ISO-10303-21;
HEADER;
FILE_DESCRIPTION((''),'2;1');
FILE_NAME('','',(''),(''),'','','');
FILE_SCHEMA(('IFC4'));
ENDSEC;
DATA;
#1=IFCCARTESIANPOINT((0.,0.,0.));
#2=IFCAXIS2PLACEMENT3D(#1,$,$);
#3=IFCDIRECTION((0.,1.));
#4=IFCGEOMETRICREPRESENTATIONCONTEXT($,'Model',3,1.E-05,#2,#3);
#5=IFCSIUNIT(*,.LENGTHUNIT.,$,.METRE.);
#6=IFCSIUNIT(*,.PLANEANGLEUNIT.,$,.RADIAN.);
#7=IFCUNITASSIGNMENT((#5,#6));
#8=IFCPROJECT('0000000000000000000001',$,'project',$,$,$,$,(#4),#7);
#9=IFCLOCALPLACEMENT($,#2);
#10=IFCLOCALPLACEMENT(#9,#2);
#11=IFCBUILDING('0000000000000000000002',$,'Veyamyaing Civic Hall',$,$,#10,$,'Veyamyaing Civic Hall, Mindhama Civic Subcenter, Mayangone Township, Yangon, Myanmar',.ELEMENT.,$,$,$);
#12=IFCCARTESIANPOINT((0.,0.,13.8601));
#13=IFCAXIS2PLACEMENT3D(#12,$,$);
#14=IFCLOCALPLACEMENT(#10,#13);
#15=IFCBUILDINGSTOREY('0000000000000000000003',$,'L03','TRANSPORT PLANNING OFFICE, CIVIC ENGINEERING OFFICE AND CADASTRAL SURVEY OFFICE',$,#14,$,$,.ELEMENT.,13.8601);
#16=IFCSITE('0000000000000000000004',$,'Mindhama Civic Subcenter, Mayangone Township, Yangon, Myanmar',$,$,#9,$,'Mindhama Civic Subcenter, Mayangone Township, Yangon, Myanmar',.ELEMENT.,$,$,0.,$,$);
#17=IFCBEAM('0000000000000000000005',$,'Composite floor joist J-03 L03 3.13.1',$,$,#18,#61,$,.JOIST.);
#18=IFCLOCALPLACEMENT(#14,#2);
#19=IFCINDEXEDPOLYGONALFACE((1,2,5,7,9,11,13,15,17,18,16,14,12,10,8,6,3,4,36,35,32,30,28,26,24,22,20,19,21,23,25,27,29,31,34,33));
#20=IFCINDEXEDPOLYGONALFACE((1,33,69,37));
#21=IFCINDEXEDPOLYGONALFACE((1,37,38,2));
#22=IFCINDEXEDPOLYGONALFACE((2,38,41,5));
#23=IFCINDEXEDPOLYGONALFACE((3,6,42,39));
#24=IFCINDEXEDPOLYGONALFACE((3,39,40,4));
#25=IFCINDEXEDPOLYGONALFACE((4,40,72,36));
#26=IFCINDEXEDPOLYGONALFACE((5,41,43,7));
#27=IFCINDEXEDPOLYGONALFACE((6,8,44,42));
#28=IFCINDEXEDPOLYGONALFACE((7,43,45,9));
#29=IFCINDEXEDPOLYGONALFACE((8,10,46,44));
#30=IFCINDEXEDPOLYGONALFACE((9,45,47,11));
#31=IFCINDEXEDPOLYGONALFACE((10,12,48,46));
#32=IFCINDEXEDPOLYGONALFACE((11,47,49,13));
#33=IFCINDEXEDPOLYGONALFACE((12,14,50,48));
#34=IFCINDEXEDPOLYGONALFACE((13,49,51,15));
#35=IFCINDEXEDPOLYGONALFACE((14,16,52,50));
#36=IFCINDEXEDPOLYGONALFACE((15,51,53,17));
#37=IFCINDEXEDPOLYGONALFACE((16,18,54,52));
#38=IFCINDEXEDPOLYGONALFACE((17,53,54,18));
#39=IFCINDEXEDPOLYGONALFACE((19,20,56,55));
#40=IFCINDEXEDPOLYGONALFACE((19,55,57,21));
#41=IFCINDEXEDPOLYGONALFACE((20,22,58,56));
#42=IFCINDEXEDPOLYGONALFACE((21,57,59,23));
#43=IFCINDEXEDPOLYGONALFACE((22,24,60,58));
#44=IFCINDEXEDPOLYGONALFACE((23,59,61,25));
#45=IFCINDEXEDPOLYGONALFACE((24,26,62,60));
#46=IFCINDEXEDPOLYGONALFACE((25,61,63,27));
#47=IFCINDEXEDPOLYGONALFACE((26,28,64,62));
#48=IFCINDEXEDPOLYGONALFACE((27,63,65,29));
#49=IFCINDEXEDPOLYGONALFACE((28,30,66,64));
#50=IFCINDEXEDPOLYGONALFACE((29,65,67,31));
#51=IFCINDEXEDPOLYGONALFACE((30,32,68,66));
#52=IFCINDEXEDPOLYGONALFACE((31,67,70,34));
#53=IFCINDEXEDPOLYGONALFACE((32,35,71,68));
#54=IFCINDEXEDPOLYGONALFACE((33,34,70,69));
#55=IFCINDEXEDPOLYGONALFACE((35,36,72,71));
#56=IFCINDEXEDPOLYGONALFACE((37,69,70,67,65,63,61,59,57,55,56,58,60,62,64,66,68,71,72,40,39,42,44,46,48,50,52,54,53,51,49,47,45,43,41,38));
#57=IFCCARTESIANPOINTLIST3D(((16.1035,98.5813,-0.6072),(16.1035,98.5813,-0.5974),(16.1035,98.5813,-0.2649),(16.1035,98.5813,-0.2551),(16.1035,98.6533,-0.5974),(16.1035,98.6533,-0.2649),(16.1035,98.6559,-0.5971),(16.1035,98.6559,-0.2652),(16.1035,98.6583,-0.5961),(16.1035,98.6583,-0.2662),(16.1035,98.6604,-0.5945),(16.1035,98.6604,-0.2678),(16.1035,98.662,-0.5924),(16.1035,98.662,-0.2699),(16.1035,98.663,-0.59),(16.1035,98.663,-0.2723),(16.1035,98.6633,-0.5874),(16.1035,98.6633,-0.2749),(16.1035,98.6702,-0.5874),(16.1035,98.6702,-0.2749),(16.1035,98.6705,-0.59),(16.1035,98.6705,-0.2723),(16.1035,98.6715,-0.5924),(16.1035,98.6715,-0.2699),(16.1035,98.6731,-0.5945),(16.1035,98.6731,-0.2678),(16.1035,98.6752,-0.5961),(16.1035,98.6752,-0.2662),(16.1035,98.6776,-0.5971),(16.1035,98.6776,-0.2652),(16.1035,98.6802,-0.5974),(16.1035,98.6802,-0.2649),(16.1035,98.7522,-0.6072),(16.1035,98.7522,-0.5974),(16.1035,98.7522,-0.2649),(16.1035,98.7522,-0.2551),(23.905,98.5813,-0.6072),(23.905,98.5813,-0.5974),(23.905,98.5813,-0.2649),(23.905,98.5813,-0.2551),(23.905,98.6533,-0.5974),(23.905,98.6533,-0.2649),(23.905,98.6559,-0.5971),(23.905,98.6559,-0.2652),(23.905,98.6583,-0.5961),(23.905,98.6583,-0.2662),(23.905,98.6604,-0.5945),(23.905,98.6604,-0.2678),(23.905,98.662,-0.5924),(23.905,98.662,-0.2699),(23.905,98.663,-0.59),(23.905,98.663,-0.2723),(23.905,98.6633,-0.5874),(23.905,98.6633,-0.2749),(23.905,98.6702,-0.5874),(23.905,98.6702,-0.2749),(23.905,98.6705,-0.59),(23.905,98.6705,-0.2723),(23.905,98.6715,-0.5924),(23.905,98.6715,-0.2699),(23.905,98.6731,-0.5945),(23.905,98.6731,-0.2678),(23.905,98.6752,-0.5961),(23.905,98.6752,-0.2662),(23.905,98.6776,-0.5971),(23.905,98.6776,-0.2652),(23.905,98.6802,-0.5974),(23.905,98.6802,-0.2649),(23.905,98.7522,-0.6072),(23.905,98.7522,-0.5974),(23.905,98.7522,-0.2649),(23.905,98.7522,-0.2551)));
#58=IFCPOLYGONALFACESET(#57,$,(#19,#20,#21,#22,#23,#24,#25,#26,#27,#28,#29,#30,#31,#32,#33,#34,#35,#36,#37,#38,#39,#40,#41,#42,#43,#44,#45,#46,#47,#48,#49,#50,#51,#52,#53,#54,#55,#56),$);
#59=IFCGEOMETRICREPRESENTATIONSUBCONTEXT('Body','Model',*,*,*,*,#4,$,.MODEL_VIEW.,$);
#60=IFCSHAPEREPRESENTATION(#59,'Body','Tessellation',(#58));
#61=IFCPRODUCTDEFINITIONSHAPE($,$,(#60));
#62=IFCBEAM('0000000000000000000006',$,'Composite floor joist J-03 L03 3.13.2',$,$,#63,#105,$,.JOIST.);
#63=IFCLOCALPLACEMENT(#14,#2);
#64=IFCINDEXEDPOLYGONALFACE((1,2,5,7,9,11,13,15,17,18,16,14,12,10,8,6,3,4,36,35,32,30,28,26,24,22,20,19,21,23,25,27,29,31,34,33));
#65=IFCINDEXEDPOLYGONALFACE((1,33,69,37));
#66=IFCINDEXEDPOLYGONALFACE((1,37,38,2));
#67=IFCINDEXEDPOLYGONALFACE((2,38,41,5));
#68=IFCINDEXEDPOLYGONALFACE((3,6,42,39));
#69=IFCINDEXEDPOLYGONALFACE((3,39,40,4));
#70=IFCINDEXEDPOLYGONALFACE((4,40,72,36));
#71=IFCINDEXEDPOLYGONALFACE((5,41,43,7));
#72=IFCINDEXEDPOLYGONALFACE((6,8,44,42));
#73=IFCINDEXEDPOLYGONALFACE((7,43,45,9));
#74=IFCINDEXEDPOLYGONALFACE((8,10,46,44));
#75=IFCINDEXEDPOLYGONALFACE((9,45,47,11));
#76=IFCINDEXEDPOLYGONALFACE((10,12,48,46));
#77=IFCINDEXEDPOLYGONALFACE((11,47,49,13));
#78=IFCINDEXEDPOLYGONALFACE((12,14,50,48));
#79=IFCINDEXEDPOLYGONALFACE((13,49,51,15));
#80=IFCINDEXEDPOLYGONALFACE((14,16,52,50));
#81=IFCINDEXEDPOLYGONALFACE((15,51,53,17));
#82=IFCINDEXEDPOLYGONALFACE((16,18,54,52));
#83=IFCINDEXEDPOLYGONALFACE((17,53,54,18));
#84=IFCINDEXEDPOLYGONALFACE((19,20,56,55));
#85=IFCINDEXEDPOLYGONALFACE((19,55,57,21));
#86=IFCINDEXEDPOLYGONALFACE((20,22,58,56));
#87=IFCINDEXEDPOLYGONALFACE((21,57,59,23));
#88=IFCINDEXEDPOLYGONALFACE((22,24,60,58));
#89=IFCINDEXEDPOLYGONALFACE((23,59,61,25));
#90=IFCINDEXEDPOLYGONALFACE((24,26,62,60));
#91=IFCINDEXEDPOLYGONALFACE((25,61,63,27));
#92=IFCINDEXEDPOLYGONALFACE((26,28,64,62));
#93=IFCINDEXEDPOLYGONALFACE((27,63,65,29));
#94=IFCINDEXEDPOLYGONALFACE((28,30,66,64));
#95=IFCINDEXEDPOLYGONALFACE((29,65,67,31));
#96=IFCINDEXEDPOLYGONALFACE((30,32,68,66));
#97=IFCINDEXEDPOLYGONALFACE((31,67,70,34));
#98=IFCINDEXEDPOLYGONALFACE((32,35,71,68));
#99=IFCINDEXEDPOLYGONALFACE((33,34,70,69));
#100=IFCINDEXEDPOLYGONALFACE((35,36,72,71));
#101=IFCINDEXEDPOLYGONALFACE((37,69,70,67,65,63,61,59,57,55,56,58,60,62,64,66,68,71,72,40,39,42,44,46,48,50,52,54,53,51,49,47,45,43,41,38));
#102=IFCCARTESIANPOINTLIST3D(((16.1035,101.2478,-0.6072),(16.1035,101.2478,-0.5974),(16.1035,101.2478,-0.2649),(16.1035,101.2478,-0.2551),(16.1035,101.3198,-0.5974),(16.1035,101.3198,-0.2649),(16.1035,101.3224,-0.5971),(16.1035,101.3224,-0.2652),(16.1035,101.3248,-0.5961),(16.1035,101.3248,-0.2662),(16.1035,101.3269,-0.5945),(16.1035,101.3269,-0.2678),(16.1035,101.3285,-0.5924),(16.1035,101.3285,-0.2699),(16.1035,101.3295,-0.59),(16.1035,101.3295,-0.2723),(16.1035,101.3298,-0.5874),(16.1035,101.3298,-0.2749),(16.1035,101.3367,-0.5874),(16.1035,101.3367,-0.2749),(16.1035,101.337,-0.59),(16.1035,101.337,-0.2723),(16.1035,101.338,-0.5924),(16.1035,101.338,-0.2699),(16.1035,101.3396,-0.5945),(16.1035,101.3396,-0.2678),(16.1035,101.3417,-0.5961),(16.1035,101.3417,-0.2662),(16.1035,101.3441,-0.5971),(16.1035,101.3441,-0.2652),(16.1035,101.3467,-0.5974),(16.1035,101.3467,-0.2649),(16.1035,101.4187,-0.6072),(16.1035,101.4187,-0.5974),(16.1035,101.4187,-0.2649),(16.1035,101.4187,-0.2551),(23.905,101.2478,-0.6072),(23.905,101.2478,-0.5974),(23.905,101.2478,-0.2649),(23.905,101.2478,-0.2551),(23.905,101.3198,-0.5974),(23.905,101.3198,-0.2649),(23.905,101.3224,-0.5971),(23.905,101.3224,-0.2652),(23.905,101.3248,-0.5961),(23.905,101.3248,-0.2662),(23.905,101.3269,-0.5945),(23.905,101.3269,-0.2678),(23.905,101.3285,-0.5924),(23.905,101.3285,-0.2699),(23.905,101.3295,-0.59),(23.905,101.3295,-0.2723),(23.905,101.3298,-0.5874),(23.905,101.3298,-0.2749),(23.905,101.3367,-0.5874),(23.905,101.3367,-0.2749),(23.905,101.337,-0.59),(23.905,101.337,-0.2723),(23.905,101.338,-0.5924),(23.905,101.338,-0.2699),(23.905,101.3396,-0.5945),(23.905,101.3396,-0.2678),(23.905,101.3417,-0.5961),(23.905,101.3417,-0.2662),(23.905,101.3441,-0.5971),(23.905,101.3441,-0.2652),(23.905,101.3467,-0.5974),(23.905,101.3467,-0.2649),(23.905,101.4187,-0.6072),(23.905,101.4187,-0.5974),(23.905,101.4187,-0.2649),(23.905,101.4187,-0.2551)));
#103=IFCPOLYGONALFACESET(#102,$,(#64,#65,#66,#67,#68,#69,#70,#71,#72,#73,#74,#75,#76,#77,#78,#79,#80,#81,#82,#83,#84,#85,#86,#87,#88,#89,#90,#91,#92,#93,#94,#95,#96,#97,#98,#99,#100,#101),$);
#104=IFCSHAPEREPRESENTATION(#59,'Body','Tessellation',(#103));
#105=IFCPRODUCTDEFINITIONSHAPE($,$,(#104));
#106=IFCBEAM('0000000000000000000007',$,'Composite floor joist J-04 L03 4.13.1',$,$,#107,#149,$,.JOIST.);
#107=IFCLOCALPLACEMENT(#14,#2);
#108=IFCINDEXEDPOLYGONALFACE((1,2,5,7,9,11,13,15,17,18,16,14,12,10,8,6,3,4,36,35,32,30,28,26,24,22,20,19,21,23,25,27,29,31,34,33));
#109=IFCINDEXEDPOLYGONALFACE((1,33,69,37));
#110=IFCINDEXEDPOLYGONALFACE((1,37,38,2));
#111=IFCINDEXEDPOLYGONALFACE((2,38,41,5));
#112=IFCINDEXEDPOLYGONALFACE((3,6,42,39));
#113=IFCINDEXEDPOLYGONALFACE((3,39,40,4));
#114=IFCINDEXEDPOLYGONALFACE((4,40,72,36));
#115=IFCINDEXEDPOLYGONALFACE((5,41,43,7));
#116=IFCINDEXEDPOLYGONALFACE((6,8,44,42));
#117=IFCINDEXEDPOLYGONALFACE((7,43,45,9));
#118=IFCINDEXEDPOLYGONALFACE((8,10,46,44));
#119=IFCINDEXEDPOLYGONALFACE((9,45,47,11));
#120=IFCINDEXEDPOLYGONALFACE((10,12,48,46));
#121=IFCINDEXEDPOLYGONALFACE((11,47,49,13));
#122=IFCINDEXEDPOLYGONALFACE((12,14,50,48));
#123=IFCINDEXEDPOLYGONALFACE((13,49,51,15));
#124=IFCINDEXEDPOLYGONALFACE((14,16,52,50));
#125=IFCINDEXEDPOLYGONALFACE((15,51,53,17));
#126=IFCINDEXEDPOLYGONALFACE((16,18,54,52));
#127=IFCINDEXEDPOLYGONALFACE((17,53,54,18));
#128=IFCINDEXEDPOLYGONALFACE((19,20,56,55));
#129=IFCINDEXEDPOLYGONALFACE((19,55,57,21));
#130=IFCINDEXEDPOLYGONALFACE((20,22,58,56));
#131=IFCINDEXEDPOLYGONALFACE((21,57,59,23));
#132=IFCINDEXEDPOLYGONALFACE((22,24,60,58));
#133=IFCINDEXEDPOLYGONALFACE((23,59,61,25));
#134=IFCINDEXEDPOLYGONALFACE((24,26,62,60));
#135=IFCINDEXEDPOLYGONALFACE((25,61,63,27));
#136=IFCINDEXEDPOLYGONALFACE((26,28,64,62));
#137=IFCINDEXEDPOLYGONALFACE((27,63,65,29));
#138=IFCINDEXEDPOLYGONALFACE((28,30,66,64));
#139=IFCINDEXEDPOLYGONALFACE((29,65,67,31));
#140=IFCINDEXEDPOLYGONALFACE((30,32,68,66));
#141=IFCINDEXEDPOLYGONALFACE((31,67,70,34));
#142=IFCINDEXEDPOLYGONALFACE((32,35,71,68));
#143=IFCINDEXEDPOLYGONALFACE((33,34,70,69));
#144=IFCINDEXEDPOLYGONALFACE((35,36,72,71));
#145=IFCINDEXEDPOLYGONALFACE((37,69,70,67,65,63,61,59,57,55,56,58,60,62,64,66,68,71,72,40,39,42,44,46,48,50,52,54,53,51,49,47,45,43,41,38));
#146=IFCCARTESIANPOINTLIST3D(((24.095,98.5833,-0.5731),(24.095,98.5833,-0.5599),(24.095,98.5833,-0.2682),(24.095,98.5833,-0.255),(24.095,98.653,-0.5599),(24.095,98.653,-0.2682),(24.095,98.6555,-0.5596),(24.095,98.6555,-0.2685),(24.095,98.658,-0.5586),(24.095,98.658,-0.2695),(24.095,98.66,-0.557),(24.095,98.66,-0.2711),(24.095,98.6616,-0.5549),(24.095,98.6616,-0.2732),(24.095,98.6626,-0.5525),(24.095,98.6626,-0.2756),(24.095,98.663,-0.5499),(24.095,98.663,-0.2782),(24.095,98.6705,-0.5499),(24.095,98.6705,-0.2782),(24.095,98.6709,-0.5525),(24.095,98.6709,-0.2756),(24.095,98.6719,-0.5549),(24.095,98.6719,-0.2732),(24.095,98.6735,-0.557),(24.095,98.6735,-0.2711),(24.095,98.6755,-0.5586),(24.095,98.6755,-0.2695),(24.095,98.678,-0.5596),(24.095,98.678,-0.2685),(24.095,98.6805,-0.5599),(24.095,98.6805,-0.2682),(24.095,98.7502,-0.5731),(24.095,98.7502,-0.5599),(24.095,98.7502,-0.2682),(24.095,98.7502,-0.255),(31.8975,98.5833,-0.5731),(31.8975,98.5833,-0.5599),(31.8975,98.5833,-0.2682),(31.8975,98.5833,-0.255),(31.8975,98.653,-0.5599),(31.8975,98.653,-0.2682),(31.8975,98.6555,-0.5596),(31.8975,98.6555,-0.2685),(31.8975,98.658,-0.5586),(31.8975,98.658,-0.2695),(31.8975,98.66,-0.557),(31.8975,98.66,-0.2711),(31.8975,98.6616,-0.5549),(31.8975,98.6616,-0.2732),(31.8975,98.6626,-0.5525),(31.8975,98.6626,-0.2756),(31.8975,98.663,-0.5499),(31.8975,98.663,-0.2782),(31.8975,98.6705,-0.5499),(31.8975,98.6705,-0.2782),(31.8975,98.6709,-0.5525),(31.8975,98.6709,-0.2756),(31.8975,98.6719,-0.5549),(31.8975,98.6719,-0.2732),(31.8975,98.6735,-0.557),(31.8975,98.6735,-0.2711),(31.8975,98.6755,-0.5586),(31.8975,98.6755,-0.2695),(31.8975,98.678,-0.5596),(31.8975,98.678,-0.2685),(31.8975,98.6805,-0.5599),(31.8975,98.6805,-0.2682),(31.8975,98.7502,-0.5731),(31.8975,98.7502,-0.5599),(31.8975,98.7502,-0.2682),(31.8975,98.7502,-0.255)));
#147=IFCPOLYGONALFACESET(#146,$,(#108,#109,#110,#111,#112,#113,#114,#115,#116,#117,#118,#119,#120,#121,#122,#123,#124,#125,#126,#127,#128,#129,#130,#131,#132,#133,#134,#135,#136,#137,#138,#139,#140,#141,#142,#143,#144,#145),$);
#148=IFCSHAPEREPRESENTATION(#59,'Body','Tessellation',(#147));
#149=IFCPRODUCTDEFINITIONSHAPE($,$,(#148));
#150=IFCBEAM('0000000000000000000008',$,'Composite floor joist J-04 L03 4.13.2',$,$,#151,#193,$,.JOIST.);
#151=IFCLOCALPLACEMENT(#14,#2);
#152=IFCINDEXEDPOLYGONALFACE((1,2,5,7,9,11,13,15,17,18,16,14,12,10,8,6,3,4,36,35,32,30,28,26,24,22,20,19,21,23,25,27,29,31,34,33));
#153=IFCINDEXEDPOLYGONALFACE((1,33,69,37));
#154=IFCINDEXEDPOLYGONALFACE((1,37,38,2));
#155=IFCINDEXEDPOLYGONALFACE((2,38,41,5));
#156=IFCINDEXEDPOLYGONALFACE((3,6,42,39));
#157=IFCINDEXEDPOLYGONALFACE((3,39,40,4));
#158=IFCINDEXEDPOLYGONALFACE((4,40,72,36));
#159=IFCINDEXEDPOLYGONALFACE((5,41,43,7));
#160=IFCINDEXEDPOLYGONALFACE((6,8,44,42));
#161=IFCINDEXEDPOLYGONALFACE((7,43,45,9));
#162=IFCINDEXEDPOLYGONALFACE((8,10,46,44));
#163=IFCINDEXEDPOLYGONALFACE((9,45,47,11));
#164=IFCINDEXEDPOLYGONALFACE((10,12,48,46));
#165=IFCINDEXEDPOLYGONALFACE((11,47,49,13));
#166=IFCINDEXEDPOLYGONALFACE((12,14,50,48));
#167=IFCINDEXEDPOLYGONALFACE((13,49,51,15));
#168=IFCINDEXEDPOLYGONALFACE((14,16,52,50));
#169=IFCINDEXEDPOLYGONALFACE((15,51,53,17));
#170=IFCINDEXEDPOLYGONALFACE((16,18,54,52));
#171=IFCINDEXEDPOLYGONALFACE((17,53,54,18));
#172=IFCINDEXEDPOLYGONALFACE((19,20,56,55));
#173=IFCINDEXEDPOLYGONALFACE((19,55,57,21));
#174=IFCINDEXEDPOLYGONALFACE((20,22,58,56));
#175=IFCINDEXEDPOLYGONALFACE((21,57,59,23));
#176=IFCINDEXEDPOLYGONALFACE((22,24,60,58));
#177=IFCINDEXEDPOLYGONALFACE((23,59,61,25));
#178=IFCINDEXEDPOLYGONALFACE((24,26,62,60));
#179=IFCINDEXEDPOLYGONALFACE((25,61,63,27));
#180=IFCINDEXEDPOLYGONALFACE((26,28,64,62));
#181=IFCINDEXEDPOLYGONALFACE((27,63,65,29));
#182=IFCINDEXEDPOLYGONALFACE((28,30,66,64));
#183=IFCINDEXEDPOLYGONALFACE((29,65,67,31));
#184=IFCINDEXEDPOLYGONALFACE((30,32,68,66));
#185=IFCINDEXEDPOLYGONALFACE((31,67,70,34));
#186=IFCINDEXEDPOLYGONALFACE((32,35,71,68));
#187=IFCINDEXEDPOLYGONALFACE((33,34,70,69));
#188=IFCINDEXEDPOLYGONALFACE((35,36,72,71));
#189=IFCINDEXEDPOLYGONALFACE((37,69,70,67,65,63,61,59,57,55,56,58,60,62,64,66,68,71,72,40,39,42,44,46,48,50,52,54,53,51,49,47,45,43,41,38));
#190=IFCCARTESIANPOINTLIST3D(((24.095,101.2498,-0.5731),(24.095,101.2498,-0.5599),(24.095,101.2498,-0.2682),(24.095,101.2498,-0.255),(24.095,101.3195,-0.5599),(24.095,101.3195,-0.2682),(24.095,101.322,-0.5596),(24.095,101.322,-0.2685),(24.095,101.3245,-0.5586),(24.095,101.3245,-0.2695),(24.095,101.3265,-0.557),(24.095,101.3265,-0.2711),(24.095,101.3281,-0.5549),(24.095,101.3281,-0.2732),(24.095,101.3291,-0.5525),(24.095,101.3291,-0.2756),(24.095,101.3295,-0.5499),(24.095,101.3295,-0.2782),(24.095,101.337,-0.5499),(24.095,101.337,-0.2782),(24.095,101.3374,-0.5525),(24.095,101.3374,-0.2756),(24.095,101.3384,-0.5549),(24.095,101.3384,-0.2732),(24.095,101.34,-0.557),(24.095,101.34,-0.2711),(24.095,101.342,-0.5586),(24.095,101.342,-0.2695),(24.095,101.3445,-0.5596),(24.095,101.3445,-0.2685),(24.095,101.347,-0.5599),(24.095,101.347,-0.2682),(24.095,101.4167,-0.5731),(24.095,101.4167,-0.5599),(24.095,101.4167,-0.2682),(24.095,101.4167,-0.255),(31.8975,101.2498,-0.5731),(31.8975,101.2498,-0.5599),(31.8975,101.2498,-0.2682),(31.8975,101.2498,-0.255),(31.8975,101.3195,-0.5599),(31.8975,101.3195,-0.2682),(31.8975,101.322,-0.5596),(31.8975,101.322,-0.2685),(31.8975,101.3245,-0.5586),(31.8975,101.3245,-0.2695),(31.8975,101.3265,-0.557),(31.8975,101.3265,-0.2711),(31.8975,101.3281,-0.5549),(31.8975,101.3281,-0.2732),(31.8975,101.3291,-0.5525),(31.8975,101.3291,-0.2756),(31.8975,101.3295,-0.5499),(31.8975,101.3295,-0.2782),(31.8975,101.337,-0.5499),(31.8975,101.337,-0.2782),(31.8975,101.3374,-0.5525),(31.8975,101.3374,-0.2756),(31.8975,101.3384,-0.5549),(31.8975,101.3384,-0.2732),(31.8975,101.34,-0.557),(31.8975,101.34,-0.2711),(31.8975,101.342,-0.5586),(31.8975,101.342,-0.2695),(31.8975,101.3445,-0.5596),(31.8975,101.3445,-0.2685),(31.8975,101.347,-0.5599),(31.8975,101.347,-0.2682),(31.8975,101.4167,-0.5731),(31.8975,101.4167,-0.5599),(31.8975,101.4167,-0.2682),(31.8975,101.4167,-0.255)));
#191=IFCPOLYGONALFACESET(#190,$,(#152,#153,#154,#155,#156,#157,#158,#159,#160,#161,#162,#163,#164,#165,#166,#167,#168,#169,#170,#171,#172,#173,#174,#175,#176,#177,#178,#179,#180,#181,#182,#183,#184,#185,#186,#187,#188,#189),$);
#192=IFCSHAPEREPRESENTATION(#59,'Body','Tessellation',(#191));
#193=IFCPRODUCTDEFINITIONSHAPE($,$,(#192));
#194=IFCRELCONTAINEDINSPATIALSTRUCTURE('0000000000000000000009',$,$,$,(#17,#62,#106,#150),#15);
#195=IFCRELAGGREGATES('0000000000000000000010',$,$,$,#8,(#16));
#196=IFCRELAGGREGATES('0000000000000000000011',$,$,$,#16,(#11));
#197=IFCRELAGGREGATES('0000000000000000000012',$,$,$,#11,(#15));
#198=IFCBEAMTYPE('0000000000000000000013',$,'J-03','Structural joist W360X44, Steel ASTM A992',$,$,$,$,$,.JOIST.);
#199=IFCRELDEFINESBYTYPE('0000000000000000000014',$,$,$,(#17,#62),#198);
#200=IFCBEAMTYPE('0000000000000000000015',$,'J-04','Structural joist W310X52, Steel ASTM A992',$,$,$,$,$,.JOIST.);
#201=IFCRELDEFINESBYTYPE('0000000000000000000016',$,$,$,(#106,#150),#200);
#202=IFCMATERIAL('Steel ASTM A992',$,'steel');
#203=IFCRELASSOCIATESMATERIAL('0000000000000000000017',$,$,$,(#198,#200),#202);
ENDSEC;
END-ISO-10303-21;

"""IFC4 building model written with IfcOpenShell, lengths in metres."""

from ifc_helpers import new_model, si_unit, direction, frame, origin, origin_2d, place, context, subcontext, project, spatial, i_section, extrude, material, material_profile, profile_set, type_object, element, save


model = new_model("IFC4")

# Units and contexts
model_context = context("Model", 3, precision=1e-05, world=origin(), true_north=direction((0.0, 1.0)))
body_context = subcontext(model_context, "Body", "Model", "MODEL_VIEW")
ifc_project = project(units=[si_unit("LENGTHUNIT", "METRE"), si_unit("PLANEANGLEUNIT", "RADIAN")], contexts=[model_context])

# Site, building, storey
site_placement = place(None, origin())
site = spatial("IfcSite", under=ifc_project, at=site_placement, Name="Mindhama Civic Subcenter, Mayangone Township, Yangon, Myanmar", LongName="Mindhama Civic Subcenter, Mayangone Township, Yangon, Myanmar", CompositionType="ELEMENT", RefElevation=0.0)
building_placement = place(site_placement, origin())
building = spatial("IfcBuilding", under=site, at=building_placement, Name="Veyamyaing Civic Hall", LongName="Veyamyaing Civic Hall, Mindhama Civic Subcenter, Mayangone Township, Yangon, Myanmar", CompositionType="ELEMENT")
storey_placement = place(building_placement, frame((0.0, 0.0, 13.8601)))
storey = spatial("IfcBuildingStorey", under=building, at=storey_placement, Name="L03", Description="TRANSPORT PLANNING OFFICE, CIVIC ENGINEERING OFFICE AND CADASTRAL SURVEY OFFICE", CompositionType="ELEMENT", Elevation=13.8601)

# Beams
ifc_material_1 = material(Name="Steel ASTM A992", Category="steel")
ifc_material_profile_1 = material_profile(ifc_material_1, i_section(OverallWidth=0.1709, OverallDepth=0.3521, WebThickness=0.0068, FlangeThickness=0.0098, FilletRadius=0.01, at=origin_2d()), Name="W360X44")
ifc_profile_set_1 = profile_set([ifc_material_profile_1], Name="Steel ASTM A992")
beam_type_1 = type_object("IfcBeamType", Name="J-03", Description="Structural joist W360X44, Steel ASTM A992", PredefinedType="JOIST", material=ifc_profile_set_1)
for number, where, z_axis, x_axis, name in (
    (1, (16.1035, 98.6667, -0.4312), (1.0, 0.0, 0.0), (0.0, 1.0, 0.0), "Composite floor joist J-03 L03 3.13.1"),
    (2, (16.1035, 101.3333, -0.4312), (1.0, 0.0, 0.0), (0.0, 1.0, 0.0), "Composite floor joist J-03 L03 3.13.2"),
):
    element("IfcBeam", number, at=place(storey_placement, frame(where, z_axis=z_axis, x_axis=x_axis)), inside=storey, type_object=beam_type_1, Name=name, PredefinedType="JOIST", context=body_context, shape_type="SweptSolid", body=[
        extrude(i_section(OverallWidth=0.1709, OverallDepth=0.3521, WebThickness=0.0068, FlangeThickness=0.0098, FilletRadius=0.01, at=origin_2d()), origin(), (0.0, 0.0, 1.0), 7.8015),
    ])
ifc_material_profile_2 = material_profile(ifc_material_1, i_section(OverallWidth=0.167, OverallDepth=0.3181, WebThickness=0.0076, FlangeThickness=0.0132, FilletRadius=0.01, at=origin_2d()), Name="W310X52")
ifc_profile_set_2 = profile_set([ifc_material_profile_2], Name="Steel ASTM A992")
beam_type_2 = type_object("IfcBeamType", Name="J-04", Description="Structural joist W310X52, Steel ASTM A992", PredefinedType="JOIST", material=ifc_profile_set_2)
for number, where, z_axis, x_axis, name in (
    (3, (24.095, 98.6667, -0.4141), (1.0, 0.0, 0.0), (0.0, 1.0, 0.0), "Composite floor joist J-04 L03 4.13.1"),
    (4, (24.095, 101.3333, -0.4141), (1.0, 0.0, 0.0), (0.0, 1.0, 0.0), "Composite floor joist J-04 L03 4.13.2"),
):
    element("IfcBeam", number, at=place(storey_placement, frame(where, z_axis=z_axis, x_axis=x_axis)), inside=storey, type_object=beam_type_2, Name=name, PredefinedType="JOIST", context=body_context, shape_type="SweptSolid", body=[
        extrude(i_section(OverallWidth=0.167, OverallDepth=0.3181, WebThickness=0.0076, FlangeThickness=0.0132, FilletRadius=0.01, at=origin_2d()), origin(), (0.0, 0.0, 1.0), 7.8025),
    ])

save(model, "model.ifc")
